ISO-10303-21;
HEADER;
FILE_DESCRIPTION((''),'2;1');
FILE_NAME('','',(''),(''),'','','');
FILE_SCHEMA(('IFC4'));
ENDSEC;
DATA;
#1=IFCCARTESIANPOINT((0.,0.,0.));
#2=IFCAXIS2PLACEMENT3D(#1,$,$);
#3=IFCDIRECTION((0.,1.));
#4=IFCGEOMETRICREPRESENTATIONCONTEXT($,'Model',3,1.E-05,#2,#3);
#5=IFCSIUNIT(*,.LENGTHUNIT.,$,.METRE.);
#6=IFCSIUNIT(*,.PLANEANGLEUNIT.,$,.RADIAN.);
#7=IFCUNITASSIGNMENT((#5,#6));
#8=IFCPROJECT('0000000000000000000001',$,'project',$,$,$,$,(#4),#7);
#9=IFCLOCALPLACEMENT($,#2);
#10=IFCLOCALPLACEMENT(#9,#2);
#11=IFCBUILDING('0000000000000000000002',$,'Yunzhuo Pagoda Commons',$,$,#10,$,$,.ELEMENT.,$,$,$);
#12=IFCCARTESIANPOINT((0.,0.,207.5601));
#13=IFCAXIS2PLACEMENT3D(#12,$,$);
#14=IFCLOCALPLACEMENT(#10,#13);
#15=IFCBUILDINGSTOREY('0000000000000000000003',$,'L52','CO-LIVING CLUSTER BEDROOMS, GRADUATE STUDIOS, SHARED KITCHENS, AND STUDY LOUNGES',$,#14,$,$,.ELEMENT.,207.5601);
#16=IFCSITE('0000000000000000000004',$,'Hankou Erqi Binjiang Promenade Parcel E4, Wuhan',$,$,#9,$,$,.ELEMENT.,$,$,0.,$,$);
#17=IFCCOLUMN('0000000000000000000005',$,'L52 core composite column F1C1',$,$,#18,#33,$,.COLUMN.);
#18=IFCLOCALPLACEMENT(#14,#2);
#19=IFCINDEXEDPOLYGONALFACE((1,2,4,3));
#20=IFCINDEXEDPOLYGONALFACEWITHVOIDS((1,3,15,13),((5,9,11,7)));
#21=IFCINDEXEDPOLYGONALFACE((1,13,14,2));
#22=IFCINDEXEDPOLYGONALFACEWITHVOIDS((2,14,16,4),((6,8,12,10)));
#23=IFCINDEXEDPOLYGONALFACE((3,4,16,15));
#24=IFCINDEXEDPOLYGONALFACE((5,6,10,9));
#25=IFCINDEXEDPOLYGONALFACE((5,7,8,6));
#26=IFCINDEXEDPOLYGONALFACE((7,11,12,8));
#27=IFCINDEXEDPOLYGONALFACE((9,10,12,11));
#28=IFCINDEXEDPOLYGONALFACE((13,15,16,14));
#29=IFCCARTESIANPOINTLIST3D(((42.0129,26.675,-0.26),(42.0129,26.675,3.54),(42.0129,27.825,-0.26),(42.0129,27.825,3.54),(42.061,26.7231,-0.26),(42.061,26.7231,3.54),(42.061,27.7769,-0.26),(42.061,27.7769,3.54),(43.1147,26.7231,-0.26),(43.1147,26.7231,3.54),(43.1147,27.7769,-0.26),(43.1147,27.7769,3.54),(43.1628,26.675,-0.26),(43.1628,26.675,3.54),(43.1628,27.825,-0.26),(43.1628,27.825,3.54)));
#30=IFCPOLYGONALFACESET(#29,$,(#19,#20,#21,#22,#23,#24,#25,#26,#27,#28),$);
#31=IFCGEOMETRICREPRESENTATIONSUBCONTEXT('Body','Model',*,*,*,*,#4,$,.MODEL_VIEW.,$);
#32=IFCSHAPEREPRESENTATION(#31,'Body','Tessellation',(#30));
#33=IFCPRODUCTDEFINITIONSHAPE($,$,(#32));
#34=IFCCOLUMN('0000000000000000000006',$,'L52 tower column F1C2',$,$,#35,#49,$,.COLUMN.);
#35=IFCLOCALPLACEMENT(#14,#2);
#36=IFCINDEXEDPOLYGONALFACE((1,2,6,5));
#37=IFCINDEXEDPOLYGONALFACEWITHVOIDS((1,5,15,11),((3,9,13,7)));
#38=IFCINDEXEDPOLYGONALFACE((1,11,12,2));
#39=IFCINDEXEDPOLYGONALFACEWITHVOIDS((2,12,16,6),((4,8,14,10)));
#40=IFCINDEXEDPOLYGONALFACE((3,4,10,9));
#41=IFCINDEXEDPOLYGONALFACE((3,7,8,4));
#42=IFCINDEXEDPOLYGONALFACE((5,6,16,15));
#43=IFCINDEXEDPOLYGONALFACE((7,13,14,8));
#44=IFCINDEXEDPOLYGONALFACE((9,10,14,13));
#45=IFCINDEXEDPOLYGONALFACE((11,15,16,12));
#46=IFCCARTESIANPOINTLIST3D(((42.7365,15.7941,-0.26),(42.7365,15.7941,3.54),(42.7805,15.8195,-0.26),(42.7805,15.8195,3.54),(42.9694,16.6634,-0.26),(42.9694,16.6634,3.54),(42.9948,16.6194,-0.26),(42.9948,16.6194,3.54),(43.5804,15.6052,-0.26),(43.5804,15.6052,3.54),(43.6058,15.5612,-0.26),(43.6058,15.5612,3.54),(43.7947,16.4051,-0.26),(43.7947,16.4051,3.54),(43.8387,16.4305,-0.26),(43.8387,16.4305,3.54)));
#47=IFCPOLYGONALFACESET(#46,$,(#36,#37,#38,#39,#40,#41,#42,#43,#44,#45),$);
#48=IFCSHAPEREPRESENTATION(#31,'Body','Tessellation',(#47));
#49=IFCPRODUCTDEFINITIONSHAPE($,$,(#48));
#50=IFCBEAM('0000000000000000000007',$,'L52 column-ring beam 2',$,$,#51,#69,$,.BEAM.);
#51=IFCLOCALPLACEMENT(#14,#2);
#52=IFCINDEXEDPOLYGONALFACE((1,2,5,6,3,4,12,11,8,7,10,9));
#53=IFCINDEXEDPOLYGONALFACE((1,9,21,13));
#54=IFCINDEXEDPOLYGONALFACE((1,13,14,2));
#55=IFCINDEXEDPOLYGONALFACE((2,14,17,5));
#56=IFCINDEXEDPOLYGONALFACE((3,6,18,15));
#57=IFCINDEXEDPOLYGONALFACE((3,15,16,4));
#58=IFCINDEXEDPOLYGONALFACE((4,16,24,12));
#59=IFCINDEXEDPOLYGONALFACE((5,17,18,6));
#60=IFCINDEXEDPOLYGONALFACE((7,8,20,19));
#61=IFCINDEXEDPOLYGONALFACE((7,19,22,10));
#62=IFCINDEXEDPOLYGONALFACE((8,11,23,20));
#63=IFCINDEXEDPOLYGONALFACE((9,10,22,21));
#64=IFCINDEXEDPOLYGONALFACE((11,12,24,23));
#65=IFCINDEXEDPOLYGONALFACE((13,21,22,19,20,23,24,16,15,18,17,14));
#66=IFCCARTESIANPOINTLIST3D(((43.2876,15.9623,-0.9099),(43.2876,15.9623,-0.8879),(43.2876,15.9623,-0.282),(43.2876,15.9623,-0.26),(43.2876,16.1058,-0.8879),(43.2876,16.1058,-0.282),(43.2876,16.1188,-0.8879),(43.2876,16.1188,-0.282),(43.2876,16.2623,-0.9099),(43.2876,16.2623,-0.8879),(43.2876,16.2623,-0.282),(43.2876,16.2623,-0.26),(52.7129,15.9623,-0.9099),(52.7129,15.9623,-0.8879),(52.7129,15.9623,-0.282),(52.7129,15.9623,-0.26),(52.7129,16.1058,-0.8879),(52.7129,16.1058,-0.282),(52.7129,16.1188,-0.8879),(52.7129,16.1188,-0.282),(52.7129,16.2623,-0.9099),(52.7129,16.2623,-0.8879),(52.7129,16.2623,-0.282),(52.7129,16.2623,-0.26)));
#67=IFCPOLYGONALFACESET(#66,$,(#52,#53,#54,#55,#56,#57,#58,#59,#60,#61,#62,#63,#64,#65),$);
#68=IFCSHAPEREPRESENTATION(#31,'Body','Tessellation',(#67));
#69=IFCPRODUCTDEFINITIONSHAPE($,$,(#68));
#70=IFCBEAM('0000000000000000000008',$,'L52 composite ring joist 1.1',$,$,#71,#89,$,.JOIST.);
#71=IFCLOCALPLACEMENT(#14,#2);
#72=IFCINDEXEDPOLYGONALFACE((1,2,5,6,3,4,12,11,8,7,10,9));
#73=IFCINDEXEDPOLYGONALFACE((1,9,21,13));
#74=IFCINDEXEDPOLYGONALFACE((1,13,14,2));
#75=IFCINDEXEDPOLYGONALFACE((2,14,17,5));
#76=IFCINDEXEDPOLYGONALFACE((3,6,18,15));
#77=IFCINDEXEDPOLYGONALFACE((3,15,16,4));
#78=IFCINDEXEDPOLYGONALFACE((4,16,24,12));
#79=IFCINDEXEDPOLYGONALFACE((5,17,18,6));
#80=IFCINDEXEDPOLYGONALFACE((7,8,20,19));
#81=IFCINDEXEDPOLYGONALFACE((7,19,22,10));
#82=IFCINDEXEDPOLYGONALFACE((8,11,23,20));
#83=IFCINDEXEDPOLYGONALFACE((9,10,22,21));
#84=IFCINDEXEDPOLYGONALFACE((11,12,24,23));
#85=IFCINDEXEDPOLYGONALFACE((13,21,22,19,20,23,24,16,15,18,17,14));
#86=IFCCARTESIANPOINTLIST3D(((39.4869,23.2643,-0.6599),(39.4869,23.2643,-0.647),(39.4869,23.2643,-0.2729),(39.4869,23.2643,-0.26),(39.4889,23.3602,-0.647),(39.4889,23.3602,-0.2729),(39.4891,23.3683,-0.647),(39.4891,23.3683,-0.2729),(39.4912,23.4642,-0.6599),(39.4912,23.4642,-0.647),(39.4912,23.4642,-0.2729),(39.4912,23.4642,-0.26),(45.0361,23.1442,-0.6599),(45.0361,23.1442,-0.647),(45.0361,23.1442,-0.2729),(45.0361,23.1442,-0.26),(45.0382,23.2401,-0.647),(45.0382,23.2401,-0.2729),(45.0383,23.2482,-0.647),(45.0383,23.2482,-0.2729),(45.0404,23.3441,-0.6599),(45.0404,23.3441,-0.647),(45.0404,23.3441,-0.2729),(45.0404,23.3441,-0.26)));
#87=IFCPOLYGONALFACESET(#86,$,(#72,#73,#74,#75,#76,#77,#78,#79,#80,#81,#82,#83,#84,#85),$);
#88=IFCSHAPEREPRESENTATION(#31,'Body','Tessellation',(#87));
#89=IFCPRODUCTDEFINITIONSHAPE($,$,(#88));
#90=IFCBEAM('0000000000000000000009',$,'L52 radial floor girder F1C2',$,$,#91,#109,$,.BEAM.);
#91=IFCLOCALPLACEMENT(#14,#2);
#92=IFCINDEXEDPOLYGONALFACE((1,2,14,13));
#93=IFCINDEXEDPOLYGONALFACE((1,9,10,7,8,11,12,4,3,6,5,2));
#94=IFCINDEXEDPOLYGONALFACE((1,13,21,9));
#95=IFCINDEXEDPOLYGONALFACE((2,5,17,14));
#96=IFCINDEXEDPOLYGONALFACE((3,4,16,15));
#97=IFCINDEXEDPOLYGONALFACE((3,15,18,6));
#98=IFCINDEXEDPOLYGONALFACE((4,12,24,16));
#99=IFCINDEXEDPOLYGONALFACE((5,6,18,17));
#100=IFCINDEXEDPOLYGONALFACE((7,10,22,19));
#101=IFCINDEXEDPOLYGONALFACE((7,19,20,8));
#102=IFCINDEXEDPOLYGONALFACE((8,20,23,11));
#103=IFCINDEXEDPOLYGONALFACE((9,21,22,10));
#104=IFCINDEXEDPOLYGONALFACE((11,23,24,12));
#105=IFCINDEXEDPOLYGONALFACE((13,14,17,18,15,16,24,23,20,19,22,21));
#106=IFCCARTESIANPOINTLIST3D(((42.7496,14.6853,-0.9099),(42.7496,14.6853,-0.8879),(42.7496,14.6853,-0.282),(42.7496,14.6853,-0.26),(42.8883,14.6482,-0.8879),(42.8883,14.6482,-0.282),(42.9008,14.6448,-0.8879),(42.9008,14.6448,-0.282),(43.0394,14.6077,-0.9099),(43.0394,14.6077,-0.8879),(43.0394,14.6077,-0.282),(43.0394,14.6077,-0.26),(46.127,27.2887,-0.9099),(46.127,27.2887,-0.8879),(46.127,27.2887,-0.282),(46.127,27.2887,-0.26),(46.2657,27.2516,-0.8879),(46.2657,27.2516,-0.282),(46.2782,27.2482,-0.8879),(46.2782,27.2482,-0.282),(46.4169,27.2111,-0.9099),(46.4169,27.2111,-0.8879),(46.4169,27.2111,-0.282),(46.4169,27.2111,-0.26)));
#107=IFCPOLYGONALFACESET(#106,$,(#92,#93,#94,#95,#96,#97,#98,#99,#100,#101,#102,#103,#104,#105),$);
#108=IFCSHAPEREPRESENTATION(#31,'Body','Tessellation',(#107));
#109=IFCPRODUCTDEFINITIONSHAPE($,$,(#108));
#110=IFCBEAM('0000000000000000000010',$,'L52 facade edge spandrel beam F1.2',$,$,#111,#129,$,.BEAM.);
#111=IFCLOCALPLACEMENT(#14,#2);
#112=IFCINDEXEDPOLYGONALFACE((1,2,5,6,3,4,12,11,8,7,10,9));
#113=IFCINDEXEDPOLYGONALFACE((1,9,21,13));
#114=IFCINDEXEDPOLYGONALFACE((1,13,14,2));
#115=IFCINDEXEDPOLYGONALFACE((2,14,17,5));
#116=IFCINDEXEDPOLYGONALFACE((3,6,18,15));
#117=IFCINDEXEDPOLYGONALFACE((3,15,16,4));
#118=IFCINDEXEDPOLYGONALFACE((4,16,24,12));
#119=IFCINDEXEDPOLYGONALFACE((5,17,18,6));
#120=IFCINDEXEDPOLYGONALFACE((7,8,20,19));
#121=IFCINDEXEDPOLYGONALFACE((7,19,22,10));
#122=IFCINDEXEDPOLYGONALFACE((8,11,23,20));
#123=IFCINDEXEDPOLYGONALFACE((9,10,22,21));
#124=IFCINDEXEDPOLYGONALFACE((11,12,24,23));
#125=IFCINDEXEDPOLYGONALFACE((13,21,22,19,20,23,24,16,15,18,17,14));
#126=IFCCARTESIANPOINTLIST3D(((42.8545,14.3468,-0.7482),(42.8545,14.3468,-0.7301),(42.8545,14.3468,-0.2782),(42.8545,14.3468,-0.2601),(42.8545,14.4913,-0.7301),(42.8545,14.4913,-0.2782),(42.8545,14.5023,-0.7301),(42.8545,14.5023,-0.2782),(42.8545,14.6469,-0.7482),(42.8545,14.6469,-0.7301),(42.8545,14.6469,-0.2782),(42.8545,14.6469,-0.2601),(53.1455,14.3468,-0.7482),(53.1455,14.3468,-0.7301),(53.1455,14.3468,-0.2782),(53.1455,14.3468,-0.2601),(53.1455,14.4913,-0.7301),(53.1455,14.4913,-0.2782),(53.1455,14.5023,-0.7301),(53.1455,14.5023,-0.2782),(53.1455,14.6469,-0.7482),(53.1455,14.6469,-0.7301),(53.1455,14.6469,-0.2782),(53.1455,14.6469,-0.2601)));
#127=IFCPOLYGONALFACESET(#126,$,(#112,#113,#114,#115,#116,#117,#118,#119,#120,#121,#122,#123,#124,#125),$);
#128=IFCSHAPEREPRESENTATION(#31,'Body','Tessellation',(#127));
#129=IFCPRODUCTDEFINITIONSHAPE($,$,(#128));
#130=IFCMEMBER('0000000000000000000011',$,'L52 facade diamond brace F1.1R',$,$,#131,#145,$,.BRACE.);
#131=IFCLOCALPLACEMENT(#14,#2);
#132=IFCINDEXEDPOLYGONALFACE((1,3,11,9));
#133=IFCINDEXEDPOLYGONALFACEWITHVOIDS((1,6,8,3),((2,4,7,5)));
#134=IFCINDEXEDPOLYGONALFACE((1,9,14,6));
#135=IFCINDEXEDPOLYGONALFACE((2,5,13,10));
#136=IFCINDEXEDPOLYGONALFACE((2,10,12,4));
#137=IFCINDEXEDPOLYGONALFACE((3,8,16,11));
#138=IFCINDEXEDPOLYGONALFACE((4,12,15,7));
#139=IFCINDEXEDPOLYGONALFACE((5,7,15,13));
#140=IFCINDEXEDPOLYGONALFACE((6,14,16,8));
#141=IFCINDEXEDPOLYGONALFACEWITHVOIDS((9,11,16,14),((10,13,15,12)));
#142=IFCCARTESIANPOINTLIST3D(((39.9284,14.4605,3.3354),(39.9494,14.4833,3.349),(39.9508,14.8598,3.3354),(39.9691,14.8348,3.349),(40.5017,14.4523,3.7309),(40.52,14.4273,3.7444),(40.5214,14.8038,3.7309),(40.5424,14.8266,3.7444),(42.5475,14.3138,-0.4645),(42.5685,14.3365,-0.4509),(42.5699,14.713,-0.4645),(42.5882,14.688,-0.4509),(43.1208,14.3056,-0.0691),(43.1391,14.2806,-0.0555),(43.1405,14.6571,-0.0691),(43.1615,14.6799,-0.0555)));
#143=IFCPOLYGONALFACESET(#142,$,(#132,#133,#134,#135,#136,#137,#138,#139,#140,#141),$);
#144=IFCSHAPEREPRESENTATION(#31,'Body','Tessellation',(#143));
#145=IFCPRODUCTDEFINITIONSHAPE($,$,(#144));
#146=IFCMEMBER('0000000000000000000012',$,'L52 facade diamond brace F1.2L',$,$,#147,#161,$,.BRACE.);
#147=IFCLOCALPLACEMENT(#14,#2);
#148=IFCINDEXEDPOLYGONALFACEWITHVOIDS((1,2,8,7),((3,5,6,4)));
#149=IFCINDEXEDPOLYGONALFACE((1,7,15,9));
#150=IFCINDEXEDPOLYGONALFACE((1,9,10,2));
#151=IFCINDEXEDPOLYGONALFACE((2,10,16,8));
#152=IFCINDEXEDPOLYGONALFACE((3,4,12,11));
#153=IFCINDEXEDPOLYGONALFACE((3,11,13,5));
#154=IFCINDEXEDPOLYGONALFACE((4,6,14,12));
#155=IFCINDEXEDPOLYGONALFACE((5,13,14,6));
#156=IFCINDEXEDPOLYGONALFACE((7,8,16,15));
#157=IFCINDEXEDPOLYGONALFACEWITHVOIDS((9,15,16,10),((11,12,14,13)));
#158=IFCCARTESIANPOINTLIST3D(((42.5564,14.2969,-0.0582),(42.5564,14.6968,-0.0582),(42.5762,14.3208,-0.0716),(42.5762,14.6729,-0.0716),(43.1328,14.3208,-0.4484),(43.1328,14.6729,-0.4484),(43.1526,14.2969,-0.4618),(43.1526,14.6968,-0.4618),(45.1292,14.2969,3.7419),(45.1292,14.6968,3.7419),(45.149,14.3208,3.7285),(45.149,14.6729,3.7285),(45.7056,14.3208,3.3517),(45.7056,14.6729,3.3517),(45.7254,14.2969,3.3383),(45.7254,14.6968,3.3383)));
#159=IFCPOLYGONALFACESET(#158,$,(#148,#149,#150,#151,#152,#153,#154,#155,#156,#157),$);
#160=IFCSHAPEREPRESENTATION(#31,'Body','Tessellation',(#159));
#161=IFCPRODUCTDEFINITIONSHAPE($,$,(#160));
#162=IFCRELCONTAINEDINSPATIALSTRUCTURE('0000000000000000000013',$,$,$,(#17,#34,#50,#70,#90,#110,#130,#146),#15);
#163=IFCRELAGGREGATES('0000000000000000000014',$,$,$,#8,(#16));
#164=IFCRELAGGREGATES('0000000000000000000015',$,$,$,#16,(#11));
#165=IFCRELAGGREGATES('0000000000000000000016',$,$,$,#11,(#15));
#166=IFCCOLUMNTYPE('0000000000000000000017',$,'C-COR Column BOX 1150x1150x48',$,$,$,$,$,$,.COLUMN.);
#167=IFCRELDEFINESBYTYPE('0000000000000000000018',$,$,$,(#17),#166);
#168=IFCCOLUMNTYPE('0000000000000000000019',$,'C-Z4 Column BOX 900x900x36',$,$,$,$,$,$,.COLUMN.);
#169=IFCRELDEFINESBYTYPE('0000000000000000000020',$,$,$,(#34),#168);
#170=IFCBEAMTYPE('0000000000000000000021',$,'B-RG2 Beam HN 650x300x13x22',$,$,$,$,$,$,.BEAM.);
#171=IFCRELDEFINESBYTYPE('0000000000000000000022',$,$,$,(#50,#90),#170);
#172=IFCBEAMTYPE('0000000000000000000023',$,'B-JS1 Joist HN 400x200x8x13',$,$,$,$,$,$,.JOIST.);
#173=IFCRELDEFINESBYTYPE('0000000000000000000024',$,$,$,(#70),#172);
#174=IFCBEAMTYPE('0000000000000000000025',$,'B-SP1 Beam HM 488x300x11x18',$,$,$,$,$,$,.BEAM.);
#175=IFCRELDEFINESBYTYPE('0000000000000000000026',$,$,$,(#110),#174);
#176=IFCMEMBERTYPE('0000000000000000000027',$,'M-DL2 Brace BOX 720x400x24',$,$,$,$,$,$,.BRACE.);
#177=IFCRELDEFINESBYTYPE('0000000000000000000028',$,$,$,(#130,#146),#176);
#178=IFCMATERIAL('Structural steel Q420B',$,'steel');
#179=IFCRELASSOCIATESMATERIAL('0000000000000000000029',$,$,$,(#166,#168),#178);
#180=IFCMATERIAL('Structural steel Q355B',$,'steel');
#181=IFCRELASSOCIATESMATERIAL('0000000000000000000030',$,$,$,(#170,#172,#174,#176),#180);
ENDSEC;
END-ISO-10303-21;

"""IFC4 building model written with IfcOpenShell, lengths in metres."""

from ifc_helpers import new_model, si_unit, direction, frame, origin, origin_2d, place, context, subcontext, project, spatial, hollow_rectangle, i_section, extrude, source, transform, mapped, material, material_profile, profile_set, type_object, element, save


model = new_model("IFC4")

# Units and contexts
model_context = context("Model", 3, precision=1e-05, world=origin(), true_north=direction((0.0, 1.0)))
body_context = subcontext(model_context, "Body", "Model", "MODEL_VIEW")
ifc_project = project(units=[si_unit("LENGTHUNIT", "METRE"), si_unit("PLANEANGLEUNIT", "RADIAN")], contexts=[model_context])

# Site, building, storey
site_placement = place(None, origin())
site = spatial("IfcSite", under=ifc_project, at=site_placement, Name="Hankou Erqi Binjiang Promenade Parcel E4, Wuhan", CompositionType="ELEMENT", RefElevation=0.0)
building_placement = place(site_placement, origin())
building = spatial("IfcBuilding", under=site, at=building_placement, Name="Yunzhuo Pagoda Commons", CompositionType="ELEMENT")
storey_placement = place(building_placement, frame((0.0, 0.0, 207.5601)))
storey = spatial("IfcBuildingStorey", under=building, at=storey_placement, Name="L52", Description="CO-LIVING CLUSTER BEDROOMS, GRADUATE STUDIOS, SHARED KITCHENS, AND STUDY LOUNGES", CompositionType="ELEMENT", Elevation=207.5601)

# Columns
ifc_material_1 = material(Name="Structural steel Q420B", Category="steel")
ifc_material_profile_1 = material_profile(ifc_material_1, hollow_rectangle(XDim=1.1499, YDim=1.1499, WallThickness=0.0481, at=origin_2d()), Name="Structural steel Q420B")
ifc_profile_set_1 = profile_set([ifc_material_profile_1], Name="Structural steel Q420B")
column_type_1 = type_object("IfcColumnType", Name="C-COR Column BOX 1150x1150x48", PredefinedType="COLUMN", material=ifc_profile_set_1)
shared_shape_1 = source(origin(), body_context, "Body", "SweptSolid", [
    extrude(hollow_rectangle(XDim=1.1499, YDim=1.1499, WallThickness=0.0481, at=origin_2d()), origin(), (0.0, 0.0, 1.0), 3.8),
])
column_1_placement = place(storey_placement, frame((42.5879, 27.25, -0.26), z_axis=(0.0, 0.0, 1.0), x_axis=(1.0, 0.0, 0.0)))
element("IfcColumn", 1, at=column_1_placement, inside=storey, type_object=column_type_1, Name="L52 core composite column F1C1", PredefinedType="COLUMN", context=body_context, shape_type="MappedRepresentation", body=[
    mapped(shared_shape_1, transform((0.0, 0.0, 0.0), scale=1.0)),
])
ifc_material_profile_2 = material_profile(ifc_material_1, hollow_rectangle(XDim=0.8999, YDim=0.8999, WallThickness=0.0359, at=origin_2d()), Name="Structural steel Q420B")
ifc_profile_set_2 = profile_set([ifc_material_profile_2], Name="Structural steel Q420B")
column_type_2 = type_object("IfcColumnType", Name="C-Z4 Column BOX 900x900x36", PredefinedType="COLUMN", material=ifc_profile_set_2)
shared_shape_2 = source(origin(), body_context, "Body", "SweptSolid", [
    extrude(hollow_rectangle(XDim=0.8999, YDim=0.8999, WallThickness=0.0359, at=origin_2d()), origin(), (0.0, 0.0, 1.0), 3.8),
])
column_2_placement = place(storey_placement, frame((43.2876, 16.1123, -0.26), z_axis=(0.0, 0.0, 1.0), x_axis=(0.965926, -0.258819, 0.0)))
element("IfcColumn", 2, at=column_2_placement, inside=storey, type_object=column_type_2, Name="L52 tower column F1C2", PredefinedType="COLUMN", context=body_context, shape_type="MappedRepresentation", body=[
    mapped(shared_shape_2, transform((0.0, 0.0, 0.0), scale=1.0)),
])

# Beams
ifc_material_2 = material(Name="Structural steel Q355B", Category="steel")
ifc_material_profile_3 = material_profile(ifc_material_2, i_section(OverallWidth=0.3, OverallDepth=0.6499, WebThickness=0.0129, FlangeThickness=0.022, at=origin_2d()), Name="Structural steel Q355B")
ifc_profile_set_3 = profile_set([ifc_material_profile_3], Name="Structural steel Q355B")
beam_type_1 = type_object("IfcBeamType", Name="B-RG2 Beam HN 650x300x13x22", PredefinedType="BEAM", material=ifc_profile_set_3)
shared_shape_3 = source(origin(), body_context, "Body", "SweptSolid", [
    extrude(i_section(OverallWidth=0.3, OverallDepth=0.6499, WebThickness=0.0129, FlangeThickness=0.022, at=origin_2d()), origin(), (0.0, 0.0, 1.0), 9.4253),
])
beam_1_placement = place(storey_placement, frame((43.2876, 16.1123, -0.585), z_axis=(1.0, 0.0, 0.0), x_axis=(0.0, 1.0, 0.0)))
element("IfcBeam", 3, at=beam_1_placement, inside=storey, type_object=beam_type_1, Name="L52 column-ring beam 2", PredefinedType="BEAM", context=body_context, shape_type="MappedRepresentation", body=[
    mapped(shared_shape_3, transform((0.0, 0.0, 0.0), scale=1.0)),
])
ifc_material_profile_4 = material_profile(ifc_material_2, i_section(OverallWidth=0.2, OverallDepth=0.3999, WebThickness=0.0081, FlangeThickness=0.0129, at=origin_2d()), Name="Structural steel Q355B")
ifc_profile_set_4 = profile_set([ifc_material_profile_4], Name="Structural steel Q355B")
beam_type_2 = type_object("IfcBeamType", Name="B-JS1 Joist HN 400x200x8x13", PredefinedType="JOIST", material=ifc_profile_set_4)
shared_shape_4 = source(origin(), body_context, "Body", "SweptSolid", [
    extrude(i_section(OverallWidth=0.2, OverallDepth=0.3999, WebThickness=0.0081, FlangeThickness=0.0129, at=origin_2d()), origin(), (0.0, 0.0, 1.0), 5.5505),
])
beam_2_placement = place(storey_placement, frame((39.489, 23.3643, -0.46), z_axis=(0.999766, -0.02164, 0.0), x_axis=(0.02164, 0.999766, 0.0)))
element("IfcBeam", 4, at=beam_2_placement, inside=storey, type_object=beam_type_2, Name="L52 composite ring joist 1.1", PredefinedType="JOIST", context=body_context, shape_type="MappedRepresentation", body=[
    mapped(shared_shape_4, transform((0.0, 0.0, 0.0), scale=1.0)),
])
shared_shape_5 = source(origin(), body_context, "Body", "SweptSolid", [
    extrude(i_section(OverallWidth=0.3, OverallDepth=0.6499, WebThickness=0.0129, FlangeThickness=0.022, at=origin_2d()), origin(), (0.0, 0.0, 1.0), 13.0481),
])
beam_3_placement = place(storey_placement, frame((42.8945, 14.6465, -0.585), z_axis=(0.258843, 0.965919, 0.0), x_axis=(-0.965919, 0.258843, 0.0)))
element("IfcBeam", 5, at=beam_3_placement, inside=storey, type_object=beam_type_1, Name="L52 radial floor girder F1C2", PredefinedType="BEAM", context=body_context, shape_type="MappedRepresentation", body=[
    mapped(shared_shape_5, transform((0.0, 0.0, 0.0), scale=1.0)),
])
ifc_material_profile_5 = material_profile(ifc_material_2, i_section(OverallWidth=0.3, OverallDepth=0.488, WebThickness=0.011, FlangeThickness=0.0181, at=origin_2d()), Name="Structural steel Q355B")
ifc_profile_set_5 = profile_set([ifc_material_profile_5], Name="Structural steel Q355B")
beam_type_3 = type_object("IfcBeamType", Name="B-SP1 Beam HM 488x300x11x18", PredefinedType="BEAM", material=ifc_profile_set_5)
shared_shape_6 = source(origin(), body_context, "Body", "SweptSolid", [
    extrude(i_section(OverallWidth=0.3, OverallDepth=0.488, WebThickness=0.011, FlangeThickness=0.0181, at=origin_2d()), origin(), (0.0, 0.0, 1.0), 10.291),
])
beam_4_placement = place(storey_placement, frame((42.8545, 14.4968, -0.5042), z_axis=(1.0, 0.0, 0.0), x_axis=(0.0, 1.0, 0.0)))
element("IfcBeam", 6, at=beam_4_placement, inside=storey, type_object=beam_type_3, Name="L52 facade edge spandrel beam F1.2", PredefinedType="BEAM", context=body_context, shape_type="MappedRepresentation", body=[
    mapped(shared_shape_6, transform((0.0, 0.0, 0.0), scale=1.0)),
])

# Members
ifc_material_profile_6 = material_profile(ifc_material_2, hollow_rectangle(XDim=0.3999, YDim=0.72, WallThickness=0.0239, at=origin_2d()), Name="Structural steel Q355B")
ifc_profile_set_6 = profile_set([ifc_material_profile_6], Name="Structural steel Q355B")
member_type_1 = type_object("IfcMemberType", Name="M-DL2 Brace BOX 720x400x24", PredefinedType="BRACE", material=ifc_profile_set_6)
shared_shape_7 = source(origin(), body_context, "Body", "SweptSolid", [
    extrude(hollow_rectangle(XDim=0.3999, YDim=0.72, WallThickness=0.0239, at=origin_2d()), origin(), (0.0, 0.0, 1.0), 4.6174),
])
member_1_placement = place(storey_placement, frame((42.8545, 14.4968, -0.26), z_axis=(-0.567214, 0.031776, 0.822957), x_axis=(-0.055934, -0.998434, 0.0)))
element("IfcMember", 7, at=member_1_placement, inside=storey, type_object=member_type_1, Name="L52 facade diamond brace F1.1R", PredefinedType="BRACE", context=body_context, shape_type="MappedRepresentation", body=[
    mapped(shared_shape_7, transform((0.0, 0.0, 0.0), scale=1.0)),
])
shared_shape_8 = source(origin(), body_context, "Body", "SweptSolid", [
    extrude(hollow_rectangle(XDim=0.3999, YDim=0.72, WallThickness=0.0239, at=origin_2d()), origin(), (0.0, 0.0, 1.0), 4.5891),
])
member_2_placement = place(storey_placement, frame((42.8545, 14.4968, -0.26), z_axis=(0.560628, 0.0, 0.828068), x_axis=(0.0, 1.0, 0.0)))
element("IfcMember", 8, at=member_2_placement, inside=storey, type_object=member_type_1, Name="L52 facade diamond brace F1.2L", PredefinedType="BRACE", context=body_context, shape_type="MappedRepresentation", body=[
    mapped(shared_shape_8, transform((0.0, 0.0, 0.0), scale=1.0)),
])

save(model, "model.ifc")
